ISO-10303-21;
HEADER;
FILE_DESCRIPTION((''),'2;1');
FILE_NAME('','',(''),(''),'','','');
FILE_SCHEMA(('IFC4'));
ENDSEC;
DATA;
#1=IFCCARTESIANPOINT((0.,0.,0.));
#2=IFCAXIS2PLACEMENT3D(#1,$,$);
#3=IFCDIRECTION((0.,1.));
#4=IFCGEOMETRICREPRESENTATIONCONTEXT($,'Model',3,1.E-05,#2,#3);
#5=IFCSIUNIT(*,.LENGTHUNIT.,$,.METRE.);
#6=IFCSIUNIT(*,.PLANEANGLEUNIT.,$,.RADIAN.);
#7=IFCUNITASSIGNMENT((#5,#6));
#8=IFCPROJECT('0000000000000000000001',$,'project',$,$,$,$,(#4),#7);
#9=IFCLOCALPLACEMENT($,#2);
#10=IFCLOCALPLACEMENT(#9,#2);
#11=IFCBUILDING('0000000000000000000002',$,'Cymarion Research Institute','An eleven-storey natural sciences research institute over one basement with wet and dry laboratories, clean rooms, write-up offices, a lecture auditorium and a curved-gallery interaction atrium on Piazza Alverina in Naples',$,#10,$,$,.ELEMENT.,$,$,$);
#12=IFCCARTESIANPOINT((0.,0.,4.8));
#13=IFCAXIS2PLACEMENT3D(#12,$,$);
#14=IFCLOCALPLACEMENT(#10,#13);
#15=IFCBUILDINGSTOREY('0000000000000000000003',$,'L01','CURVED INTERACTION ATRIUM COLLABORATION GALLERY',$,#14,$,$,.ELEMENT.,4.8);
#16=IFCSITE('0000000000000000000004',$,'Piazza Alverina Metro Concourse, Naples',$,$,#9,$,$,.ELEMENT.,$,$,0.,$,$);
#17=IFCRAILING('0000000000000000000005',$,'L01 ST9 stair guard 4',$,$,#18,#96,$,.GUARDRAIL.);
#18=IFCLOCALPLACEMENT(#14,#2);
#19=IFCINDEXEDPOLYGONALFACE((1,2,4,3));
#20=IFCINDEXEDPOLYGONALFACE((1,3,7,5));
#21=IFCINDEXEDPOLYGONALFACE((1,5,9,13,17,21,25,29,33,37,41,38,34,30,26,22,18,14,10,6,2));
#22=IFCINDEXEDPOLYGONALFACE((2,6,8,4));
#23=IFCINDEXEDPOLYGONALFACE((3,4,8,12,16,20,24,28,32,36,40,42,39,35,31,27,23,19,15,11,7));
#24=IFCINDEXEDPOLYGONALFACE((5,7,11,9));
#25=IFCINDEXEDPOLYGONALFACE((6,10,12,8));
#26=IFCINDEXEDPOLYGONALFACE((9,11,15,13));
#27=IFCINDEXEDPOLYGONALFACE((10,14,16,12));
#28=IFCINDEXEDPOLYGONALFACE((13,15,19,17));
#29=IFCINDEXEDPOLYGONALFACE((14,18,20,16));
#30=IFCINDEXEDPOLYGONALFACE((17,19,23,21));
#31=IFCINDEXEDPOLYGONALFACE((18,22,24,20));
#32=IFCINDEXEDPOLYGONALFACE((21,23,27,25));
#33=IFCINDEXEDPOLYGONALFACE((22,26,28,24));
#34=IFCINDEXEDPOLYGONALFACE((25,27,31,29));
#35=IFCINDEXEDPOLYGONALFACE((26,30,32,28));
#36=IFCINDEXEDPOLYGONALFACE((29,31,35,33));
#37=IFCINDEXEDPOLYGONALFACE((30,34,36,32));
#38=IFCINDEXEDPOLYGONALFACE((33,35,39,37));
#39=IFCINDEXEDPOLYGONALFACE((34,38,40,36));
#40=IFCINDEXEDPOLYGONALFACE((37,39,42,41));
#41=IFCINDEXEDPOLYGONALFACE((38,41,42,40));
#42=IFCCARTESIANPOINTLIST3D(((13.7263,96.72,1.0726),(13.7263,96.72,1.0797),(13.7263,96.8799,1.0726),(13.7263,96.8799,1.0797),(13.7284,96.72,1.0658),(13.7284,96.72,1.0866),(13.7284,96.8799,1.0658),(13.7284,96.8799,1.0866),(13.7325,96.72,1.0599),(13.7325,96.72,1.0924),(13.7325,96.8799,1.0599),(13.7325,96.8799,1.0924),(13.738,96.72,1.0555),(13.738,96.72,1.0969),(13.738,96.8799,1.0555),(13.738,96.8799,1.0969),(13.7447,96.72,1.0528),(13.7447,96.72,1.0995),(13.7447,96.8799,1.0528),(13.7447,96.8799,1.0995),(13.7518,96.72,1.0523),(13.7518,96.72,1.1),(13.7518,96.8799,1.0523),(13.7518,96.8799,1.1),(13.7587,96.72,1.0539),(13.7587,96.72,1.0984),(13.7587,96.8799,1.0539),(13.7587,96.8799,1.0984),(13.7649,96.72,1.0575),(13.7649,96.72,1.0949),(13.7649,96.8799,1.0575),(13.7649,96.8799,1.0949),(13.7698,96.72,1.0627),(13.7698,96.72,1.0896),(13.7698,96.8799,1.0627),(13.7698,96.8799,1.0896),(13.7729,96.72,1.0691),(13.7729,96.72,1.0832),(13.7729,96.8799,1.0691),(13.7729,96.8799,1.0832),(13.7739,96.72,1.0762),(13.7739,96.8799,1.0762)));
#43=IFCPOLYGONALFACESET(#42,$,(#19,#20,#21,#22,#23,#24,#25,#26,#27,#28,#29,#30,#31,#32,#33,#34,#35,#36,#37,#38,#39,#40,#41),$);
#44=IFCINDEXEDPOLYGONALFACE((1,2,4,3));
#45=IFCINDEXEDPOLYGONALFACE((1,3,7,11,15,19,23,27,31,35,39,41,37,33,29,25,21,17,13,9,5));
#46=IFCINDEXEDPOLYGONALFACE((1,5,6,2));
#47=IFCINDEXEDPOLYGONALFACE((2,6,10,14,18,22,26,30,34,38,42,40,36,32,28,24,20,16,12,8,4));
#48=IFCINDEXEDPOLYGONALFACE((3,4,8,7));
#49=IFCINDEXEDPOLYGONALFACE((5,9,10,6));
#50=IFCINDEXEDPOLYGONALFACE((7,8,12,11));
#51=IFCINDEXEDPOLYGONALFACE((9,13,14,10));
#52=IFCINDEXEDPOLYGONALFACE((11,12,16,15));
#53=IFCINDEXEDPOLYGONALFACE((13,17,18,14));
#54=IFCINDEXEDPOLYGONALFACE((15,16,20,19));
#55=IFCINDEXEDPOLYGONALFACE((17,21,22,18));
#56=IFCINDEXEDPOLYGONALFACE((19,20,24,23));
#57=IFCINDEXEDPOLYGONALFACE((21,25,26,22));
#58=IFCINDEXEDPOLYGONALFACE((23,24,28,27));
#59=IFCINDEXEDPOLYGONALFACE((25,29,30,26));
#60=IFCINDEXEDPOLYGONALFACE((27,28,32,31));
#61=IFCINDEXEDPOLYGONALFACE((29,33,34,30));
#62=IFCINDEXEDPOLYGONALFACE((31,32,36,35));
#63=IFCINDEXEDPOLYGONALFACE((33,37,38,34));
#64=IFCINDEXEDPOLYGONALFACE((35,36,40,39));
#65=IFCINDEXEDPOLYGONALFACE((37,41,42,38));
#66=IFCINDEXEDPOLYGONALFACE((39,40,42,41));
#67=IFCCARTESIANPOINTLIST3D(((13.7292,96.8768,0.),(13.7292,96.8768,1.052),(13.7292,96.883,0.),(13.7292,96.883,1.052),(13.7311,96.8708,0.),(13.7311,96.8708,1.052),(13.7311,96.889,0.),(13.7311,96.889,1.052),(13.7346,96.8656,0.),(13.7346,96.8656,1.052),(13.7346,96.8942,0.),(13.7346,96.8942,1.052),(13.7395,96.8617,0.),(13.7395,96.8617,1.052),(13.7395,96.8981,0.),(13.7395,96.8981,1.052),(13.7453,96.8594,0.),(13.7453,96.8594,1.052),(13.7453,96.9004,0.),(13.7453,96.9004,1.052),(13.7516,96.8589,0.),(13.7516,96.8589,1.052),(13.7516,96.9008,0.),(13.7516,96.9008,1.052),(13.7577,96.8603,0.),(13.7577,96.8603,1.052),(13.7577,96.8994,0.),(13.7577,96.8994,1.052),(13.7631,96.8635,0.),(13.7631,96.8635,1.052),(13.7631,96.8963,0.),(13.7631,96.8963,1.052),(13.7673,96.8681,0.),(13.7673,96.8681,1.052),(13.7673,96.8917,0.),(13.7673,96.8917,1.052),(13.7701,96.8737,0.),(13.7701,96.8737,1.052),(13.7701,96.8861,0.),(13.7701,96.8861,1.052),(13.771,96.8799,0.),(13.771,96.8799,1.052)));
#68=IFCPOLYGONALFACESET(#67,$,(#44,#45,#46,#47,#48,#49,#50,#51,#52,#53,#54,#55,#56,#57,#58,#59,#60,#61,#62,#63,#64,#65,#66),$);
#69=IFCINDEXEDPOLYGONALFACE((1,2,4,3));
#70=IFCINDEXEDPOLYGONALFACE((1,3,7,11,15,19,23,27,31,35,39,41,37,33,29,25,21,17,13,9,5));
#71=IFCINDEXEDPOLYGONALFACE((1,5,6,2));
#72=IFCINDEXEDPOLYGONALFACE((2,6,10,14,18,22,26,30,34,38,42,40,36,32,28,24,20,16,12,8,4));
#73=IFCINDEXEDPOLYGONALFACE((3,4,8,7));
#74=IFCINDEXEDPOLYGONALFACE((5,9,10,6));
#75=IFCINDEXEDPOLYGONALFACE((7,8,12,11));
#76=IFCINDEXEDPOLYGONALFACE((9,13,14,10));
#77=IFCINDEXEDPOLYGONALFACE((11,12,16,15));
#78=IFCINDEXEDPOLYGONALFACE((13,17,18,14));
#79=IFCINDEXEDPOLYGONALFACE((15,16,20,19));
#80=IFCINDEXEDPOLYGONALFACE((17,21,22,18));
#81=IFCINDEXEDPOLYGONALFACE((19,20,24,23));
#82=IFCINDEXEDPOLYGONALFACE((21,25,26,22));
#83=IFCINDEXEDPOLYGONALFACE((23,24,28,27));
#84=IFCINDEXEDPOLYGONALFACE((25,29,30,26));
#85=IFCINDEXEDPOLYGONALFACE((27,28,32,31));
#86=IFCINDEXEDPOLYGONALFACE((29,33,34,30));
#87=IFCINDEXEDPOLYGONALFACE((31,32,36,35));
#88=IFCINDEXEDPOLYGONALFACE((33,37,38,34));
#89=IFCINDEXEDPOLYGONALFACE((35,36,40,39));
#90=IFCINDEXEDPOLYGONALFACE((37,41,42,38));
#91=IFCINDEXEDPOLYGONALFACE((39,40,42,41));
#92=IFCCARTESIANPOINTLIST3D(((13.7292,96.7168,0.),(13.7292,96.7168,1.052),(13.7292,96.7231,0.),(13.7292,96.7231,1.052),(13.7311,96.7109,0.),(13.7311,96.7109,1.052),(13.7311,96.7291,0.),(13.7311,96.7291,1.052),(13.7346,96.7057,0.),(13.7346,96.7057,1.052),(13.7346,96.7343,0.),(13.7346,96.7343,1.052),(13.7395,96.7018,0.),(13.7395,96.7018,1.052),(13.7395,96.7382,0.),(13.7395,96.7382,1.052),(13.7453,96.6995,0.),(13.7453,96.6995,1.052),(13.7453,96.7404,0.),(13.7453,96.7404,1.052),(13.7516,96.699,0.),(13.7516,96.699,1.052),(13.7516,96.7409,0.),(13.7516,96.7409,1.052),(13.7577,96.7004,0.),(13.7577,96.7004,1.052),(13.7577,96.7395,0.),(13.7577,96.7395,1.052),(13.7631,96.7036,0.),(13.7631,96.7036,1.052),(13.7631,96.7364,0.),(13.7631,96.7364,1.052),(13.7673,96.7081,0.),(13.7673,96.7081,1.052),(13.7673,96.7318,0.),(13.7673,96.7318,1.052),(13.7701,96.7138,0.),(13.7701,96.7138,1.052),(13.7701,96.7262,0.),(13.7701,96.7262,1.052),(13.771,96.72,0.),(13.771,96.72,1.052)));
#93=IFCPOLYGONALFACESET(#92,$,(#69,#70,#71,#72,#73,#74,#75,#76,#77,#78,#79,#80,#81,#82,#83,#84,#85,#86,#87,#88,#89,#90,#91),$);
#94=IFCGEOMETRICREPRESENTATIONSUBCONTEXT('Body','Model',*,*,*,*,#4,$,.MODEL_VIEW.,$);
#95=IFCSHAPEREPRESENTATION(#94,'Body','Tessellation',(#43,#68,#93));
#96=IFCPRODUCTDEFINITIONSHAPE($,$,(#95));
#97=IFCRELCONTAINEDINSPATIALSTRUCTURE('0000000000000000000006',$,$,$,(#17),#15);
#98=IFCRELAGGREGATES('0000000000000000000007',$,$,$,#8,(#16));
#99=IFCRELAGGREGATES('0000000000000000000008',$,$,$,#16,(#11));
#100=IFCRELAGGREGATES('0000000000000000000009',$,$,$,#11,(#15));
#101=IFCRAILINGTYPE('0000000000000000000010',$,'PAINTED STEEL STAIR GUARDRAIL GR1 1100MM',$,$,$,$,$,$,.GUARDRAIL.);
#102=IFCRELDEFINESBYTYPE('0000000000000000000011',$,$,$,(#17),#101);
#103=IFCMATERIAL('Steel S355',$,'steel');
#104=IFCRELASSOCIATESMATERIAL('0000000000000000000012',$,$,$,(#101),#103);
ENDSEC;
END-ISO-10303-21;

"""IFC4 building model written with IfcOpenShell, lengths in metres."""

from ifc_helpers import new_model, si_unit, direction, frame, origin, origin_2d, place, context, subcontext, project, spatial, circle, extrude, material, type_object, element, save


model = new_model("IFC4")

# Units and contexts
model_context = context("Model", 3, precision=1e-05, world=origin(), true_north=direction((0.0, 1.0)))
body_context = subcontext(model_context, "Body", "Model", "MODEL_VIEW")
ifc_project = project(units=[si_unit("LENGTHUNIT", "METRE"), si_unit("PLANEANGLEUNIT", "RADIAN")], contexts=[model_context])

# Site, building, storey
site_placement = place(None, origin())
site = spatial("IfcSite", under=ifc_project, at=site_placement, Name="Piazza Alverina Metro Concourse, Naples", CompositionType="ELEMENT", RefElevation=0.0)
building_placement = place(site_placement, origin())
building = spatial("IfcBuilding", under=site, at=building_placement, Name="Cymarion Research Institute", Description="An eleven-storey natural sciences research institute over one basement with wet and dry laboratories, clean rooms, write-up offices, a lecture auditorium and a curved-gallery interaction atrium on Piazza Alverina in Naples", CompositionType="ELEMENT")
storey_placement = place(building_placement, frame((0.0, 0.0, 4.8)))
storey = spatial("IfcBuildingStorey", under=building, at=storey_placement, Name="L01", Description="CURVED INTERACTION ATRIUM COLLABORATION GALLERY", CompositionType="ELEMENT", Elevation=4.8)

# Shared definitions
ifc_material_1 = material(Name="Steel S355", Category="steel")

# Railing
railing_type_1 = type_object("IfcRailingType", Name="PAINTED STEEL STAIR GUARDRAIL GR1 1100MM", PredefinedType="GUARDRAIL", material=ifc_material_1)
railing_1_placement = place(storey_placement, frame((13.75, 96.8799, 0.0)))
element("IfcRailing", 1, at=railing_1_placement, inside=storey, type_object=railing_type_1, Name="L01 ST9 stair guard 4", PredefinedType="GUARDRAIL", context=body_context, shape_type="SweptSolid", body=[
    extrude(circle(Radius=0.0239, at=origin_2d()), frame((0.0, 0.0, 1.0762), z_axis=(0.0, -1.0, 0.0), x_axis=(1.0, 0.0, 0.0)), (0.0, 0.0, 1.0), 0.1599),
    extrude(circle(Radius=0.021, at=origin_2d()), origin(), (0.0, 0.0, 1.0), 1.052),
    extrude(circle(Radius=0.021, at=origin_2d()), frame((0.0, -0.1599, 0.0)), (0.0, 0.0, 1.0), 1.052),
])

save(model, "model.ifc")
